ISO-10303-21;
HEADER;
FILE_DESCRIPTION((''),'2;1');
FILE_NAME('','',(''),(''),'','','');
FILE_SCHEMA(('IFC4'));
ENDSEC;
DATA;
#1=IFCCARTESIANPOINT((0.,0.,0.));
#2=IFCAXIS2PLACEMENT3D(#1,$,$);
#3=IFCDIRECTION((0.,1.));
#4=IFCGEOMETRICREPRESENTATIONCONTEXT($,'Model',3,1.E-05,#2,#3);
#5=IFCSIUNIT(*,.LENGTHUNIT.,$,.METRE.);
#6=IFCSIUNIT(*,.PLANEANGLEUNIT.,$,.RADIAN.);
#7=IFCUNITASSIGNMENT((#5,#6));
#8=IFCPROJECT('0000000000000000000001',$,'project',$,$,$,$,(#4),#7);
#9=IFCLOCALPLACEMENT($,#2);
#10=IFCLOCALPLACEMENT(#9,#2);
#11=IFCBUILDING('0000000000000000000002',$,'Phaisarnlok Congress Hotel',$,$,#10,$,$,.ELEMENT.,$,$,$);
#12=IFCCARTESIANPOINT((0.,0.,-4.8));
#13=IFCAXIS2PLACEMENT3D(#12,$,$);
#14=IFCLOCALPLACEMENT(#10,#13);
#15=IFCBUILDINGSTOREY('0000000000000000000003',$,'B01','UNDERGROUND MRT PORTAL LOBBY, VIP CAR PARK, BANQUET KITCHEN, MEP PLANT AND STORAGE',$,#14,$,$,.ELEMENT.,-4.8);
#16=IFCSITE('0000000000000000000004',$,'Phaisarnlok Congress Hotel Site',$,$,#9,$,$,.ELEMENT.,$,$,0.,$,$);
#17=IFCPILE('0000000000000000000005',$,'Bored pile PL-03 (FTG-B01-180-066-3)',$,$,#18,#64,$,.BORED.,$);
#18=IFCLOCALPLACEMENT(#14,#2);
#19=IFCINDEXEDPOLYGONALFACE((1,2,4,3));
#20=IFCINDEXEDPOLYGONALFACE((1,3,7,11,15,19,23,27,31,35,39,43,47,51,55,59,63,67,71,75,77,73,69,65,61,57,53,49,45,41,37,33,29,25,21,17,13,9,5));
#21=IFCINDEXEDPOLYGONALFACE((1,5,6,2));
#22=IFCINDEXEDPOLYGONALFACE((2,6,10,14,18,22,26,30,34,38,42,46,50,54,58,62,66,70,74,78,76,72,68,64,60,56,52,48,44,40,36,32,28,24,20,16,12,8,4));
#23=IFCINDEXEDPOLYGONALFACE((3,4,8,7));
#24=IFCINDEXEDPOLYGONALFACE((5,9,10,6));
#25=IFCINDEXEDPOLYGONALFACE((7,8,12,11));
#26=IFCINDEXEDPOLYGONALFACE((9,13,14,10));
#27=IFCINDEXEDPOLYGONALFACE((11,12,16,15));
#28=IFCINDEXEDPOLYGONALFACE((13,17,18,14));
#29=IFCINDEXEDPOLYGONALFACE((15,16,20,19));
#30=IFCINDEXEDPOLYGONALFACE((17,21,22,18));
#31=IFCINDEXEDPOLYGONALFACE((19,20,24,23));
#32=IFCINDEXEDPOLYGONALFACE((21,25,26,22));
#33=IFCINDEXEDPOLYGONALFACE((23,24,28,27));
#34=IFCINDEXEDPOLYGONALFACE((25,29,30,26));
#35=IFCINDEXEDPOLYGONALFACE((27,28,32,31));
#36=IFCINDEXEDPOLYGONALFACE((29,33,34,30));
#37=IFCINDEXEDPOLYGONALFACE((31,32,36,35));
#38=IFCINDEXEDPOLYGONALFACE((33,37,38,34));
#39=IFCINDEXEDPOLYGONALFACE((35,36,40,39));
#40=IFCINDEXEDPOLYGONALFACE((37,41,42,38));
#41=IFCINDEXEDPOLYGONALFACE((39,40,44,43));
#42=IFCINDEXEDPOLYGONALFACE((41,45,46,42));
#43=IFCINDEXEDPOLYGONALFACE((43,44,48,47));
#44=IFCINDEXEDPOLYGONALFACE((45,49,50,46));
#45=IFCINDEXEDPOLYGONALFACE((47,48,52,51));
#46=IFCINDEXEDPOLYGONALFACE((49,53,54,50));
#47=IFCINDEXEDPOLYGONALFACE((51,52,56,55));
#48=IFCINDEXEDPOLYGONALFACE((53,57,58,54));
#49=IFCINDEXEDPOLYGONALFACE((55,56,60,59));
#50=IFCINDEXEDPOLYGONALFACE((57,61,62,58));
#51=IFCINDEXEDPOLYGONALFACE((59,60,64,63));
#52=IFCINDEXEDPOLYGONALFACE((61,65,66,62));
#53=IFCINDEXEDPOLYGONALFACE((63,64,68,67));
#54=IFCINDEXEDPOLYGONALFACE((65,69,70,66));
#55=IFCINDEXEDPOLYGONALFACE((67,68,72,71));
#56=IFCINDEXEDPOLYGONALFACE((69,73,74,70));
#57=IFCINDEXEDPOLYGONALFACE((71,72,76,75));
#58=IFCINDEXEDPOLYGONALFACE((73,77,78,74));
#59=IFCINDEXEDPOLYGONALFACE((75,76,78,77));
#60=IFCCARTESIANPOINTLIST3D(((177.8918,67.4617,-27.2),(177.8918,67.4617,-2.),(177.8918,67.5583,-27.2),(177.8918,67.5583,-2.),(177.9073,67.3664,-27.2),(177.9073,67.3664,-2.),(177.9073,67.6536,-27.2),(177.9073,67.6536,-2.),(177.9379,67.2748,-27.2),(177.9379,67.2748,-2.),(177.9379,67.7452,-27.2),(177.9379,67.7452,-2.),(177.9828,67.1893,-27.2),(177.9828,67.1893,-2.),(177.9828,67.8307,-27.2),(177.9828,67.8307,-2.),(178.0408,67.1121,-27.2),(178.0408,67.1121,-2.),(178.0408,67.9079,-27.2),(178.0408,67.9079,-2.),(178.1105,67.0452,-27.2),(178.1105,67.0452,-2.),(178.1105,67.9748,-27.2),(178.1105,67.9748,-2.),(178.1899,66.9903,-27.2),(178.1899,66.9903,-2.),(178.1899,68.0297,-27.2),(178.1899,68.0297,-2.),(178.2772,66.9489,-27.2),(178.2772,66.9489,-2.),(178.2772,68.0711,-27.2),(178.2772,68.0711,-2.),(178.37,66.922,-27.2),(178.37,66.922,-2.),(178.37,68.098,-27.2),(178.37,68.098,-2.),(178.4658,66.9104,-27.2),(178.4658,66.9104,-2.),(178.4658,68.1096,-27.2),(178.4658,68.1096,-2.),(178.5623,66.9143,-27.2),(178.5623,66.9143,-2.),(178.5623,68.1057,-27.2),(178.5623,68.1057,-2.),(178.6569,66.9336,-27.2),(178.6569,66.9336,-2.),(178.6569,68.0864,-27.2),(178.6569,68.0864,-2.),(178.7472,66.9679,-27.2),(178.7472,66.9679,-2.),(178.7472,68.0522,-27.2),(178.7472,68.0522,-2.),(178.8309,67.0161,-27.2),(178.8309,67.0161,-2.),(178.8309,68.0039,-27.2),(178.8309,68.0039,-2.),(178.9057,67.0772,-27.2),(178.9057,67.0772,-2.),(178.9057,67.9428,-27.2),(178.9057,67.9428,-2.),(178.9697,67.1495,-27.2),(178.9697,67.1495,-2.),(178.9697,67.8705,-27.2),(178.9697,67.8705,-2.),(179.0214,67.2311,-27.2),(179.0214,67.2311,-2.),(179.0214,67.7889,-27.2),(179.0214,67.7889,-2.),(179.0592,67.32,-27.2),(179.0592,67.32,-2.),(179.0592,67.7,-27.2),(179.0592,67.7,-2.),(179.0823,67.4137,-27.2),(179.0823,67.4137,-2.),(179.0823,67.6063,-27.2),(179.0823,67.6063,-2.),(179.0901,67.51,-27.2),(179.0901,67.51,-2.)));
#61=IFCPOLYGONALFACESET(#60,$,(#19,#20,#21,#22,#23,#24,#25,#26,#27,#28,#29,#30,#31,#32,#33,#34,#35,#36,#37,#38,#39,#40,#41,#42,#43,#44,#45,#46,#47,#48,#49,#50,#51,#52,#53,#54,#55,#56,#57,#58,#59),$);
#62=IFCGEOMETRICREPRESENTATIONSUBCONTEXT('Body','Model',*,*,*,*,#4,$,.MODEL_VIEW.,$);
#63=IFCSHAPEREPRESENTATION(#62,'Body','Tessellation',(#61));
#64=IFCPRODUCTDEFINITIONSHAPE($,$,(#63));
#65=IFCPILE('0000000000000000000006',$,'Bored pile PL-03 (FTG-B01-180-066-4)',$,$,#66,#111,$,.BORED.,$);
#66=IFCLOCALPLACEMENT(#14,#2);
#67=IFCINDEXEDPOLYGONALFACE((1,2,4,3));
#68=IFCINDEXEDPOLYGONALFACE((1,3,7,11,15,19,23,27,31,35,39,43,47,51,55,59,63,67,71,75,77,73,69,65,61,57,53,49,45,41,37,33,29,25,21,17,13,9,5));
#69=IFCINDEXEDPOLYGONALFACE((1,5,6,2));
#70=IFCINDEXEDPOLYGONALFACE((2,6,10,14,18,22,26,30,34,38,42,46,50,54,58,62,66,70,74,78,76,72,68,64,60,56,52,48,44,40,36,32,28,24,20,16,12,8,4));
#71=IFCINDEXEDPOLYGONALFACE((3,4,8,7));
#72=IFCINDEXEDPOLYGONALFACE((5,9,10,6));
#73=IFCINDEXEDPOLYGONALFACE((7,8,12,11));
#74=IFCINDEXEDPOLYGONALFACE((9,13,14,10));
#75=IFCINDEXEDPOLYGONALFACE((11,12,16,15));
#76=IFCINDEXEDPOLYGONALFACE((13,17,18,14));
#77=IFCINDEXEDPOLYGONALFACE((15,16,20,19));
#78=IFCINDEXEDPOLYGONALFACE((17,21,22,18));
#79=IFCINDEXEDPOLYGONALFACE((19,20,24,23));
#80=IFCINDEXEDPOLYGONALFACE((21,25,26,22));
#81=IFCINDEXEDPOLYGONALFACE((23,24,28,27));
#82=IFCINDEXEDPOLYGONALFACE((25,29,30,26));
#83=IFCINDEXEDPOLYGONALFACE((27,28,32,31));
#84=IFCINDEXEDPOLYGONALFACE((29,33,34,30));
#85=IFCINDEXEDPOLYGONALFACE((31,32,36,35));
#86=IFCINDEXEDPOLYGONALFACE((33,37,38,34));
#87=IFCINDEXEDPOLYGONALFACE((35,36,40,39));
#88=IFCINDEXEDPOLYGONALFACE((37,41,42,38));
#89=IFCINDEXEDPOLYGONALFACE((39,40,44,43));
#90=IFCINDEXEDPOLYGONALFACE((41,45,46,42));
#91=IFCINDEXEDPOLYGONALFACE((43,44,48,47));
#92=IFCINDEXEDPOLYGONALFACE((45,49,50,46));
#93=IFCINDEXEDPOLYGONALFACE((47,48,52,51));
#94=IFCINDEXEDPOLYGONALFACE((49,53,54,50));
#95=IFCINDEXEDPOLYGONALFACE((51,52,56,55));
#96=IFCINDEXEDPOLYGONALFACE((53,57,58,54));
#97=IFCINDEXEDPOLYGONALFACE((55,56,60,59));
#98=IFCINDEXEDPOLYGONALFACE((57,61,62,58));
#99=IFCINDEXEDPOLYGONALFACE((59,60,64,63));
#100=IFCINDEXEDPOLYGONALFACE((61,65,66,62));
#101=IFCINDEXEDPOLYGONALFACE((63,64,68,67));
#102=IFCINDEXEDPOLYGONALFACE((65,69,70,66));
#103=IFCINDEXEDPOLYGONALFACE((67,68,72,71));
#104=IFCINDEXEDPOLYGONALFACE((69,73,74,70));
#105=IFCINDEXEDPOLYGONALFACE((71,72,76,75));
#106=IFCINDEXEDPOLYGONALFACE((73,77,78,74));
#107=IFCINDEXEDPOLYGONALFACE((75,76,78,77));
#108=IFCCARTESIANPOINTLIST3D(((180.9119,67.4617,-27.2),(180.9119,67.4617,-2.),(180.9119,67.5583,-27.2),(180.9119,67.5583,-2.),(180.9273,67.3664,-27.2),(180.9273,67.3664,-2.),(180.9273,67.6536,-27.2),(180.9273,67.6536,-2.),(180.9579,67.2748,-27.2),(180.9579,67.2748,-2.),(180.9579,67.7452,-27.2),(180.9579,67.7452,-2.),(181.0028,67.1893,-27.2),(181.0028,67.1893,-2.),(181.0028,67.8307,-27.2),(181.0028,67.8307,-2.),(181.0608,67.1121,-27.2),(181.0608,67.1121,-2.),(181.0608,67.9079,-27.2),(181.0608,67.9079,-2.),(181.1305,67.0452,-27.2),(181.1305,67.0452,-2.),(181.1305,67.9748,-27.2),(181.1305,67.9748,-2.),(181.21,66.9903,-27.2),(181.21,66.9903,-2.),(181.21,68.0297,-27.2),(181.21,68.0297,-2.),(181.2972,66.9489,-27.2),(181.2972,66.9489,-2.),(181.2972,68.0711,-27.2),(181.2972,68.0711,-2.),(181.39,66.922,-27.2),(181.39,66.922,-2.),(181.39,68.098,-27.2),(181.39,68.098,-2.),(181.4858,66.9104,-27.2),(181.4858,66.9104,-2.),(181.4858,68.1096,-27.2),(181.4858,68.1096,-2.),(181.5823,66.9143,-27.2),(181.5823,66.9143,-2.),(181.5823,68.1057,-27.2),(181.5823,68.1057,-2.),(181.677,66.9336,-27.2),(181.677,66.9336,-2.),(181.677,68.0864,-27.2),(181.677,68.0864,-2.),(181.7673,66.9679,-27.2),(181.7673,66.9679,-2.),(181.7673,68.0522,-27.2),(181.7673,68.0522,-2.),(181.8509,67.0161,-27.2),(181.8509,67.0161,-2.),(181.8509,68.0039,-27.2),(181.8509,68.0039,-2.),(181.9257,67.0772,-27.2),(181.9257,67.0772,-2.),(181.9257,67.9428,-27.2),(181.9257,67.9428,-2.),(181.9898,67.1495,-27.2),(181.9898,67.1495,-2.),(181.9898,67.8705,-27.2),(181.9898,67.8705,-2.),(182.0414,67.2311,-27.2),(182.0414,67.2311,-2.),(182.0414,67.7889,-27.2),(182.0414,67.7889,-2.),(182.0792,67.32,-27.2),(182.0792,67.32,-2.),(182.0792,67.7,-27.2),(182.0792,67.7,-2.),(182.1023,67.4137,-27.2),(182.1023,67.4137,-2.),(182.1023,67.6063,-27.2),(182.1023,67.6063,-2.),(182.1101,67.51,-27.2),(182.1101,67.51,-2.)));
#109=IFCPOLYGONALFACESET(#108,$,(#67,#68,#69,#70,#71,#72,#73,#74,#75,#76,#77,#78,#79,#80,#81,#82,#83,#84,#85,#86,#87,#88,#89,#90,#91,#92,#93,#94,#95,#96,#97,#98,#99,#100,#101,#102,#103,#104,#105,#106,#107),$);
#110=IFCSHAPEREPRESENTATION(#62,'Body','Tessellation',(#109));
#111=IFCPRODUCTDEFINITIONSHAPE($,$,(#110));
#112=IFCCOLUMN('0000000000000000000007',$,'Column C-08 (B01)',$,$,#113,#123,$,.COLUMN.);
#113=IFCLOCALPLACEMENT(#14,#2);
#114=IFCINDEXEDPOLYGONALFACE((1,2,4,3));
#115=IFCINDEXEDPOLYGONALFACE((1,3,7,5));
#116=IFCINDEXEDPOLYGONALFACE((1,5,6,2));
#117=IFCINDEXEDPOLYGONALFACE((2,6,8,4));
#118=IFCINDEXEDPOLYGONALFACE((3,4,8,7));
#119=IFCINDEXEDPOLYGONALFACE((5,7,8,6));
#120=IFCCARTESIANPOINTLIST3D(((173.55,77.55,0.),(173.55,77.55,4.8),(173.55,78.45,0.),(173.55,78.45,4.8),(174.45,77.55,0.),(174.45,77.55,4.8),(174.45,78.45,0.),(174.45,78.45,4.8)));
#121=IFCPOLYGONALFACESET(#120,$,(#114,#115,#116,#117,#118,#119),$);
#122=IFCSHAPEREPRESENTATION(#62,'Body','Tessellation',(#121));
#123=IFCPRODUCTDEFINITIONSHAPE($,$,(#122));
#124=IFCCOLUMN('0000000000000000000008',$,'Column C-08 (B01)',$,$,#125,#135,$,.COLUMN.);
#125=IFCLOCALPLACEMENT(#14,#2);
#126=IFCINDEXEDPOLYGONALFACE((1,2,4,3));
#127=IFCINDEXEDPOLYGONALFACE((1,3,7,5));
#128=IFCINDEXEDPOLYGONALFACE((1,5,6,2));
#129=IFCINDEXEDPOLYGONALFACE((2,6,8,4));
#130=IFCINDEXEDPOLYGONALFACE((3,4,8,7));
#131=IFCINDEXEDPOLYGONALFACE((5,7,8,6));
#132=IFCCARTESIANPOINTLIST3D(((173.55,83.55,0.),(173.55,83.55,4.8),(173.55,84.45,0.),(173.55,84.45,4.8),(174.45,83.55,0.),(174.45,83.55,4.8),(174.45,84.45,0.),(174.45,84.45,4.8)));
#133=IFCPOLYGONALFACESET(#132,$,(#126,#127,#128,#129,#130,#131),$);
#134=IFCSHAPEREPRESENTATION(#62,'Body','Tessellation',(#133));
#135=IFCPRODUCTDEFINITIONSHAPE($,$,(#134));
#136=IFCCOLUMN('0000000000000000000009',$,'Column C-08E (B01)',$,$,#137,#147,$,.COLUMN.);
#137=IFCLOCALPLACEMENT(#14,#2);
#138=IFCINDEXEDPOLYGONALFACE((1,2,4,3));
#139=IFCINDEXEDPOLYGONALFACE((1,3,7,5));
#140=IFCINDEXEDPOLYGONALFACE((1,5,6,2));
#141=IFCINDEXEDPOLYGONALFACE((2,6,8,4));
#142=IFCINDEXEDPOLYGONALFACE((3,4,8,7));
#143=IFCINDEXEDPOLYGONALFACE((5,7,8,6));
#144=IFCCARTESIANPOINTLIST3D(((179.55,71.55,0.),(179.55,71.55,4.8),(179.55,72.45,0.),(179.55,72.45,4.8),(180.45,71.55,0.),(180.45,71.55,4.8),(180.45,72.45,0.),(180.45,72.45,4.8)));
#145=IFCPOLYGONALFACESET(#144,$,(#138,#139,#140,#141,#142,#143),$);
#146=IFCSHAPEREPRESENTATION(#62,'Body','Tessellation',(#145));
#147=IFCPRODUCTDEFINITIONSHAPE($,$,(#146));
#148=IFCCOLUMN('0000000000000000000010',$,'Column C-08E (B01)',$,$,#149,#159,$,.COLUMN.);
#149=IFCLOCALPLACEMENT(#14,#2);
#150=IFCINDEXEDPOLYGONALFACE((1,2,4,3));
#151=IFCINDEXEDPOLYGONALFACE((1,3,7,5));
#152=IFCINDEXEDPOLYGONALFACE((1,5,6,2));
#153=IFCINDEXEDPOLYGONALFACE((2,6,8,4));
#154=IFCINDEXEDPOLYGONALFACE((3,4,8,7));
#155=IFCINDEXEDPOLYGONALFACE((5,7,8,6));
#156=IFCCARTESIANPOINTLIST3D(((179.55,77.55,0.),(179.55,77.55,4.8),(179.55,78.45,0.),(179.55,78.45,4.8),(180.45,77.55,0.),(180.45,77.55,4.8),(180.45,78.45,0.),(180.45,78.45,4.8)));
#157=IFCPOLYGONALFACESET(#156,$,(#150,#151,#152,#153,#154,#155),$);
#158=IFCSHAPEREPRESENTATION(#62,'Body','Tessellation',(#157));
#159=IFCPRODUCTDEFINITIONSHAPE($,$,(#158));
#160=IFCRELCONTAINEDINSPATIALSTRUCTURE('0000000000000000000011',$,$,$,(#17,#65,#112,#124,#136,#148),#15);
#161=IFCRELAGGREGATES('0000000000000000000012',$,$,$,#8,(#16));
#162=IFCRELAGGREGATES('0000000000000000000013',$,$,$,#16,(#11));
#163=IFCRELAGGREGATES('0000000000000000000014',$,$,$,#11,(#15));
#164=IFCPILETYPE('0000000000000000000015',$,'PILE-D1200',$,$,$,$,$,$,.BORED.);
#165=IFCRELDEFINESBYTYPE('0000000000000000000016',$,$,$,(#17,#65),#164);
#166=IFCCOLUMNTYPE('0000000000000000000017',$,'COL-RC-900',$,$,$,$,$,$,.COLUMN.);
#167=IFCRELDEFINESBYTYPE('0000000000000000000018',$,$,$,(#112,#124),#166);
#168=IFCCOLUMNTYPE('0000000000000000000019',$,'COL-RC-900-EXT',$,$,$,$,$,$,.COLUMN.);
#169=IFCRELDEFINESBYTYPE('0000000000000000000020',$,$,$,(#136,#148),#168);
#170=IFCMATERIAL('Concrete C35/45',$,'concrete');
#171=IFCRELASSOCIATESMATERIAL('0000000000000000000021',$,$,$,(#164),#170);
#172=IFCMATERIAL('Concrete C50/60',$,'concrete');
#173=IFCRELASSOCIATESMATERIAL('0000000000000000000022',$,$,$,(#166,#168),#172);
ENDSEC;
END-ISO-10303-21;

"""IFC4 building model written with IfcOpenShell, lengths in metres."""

from ifc_helpers import new_model, si_unit, direction, frame, origin, origin_2d, place, context, subcontext, project, spatial, rectangle, circle, extrude, material, material_profile, profile_set, type_object, element, save


model = new_model("IFC4")

# Units and contexts
model_context = context("Model", 3, precision=1e-05, world=origin(), true_north=direction((0.0, 1.0)))
body_context = subcontext(model_context, "Body", "Model", "MODEL_VIEW")
ifc_project = project(units=[si_unit("LENGTHUNIT", "METRE"), si_unit("PLANEANGLEUNIT", "RADIAN")], contexts=[model_context])

# Site, building, storey
site_placement = place(None, origin())
site = spatial("IfcSite", under=ifc_project, at=site_placement, Name="Phaisarnlok Congress Hotel Site", CompositionType="ELEMENT", RefElevation=0.0)
building_placement = place(site_placement, origin())
building = spatial("IfcBuilding", under=site, at=building_placement, Name="Phaisarnlok Congress Hotel", CompositionType="ELEMENT")
storey_placement = place(building_placement, frame((0.0, 0.0, -4.8)))
storey = spatial("IfcBuildingStorey", under=building, at=storey_placement, Name="B01", Description="UNDERGROUND MRT PORTAL LOBBY, VIP CAR PARK, BANQUET KITCHEN, MEP PLANT AND STORAGE", CompositionType="ELEMENT", Elevation=-4.8)

# Piles
ifc_material_1 = material(Name="Concrete C35/45", Category="concrete")
ifc_material_profile_1 = material_profile(ifc_material_1, circle(Radius=0.6001, at=origin_2d()), Name="BORED PILE D1200")
ifc_profile_set_1 = profile_set([ifc_material_profile_1], Name="Concrete C35/45")
pile_type_1 = type_object("IfcPileType", Name="PILE-D1200", PredefinedType="BORED", material=ifc_profile_set_1)
for number, where, z_axis, x_axis, name in (
    (1, (178.49, 67.51, -2.0), (0.0, 0.0, -1.0), (1.0, 0.0, 0.0), "Bored pile PL-03 (FTG-B01-180-066-3)"),
    (2, (181.51, 67.51, -2.0), (0.0, 0.0, -1.0), (1.0, 0.0, 0.0), "Bored pile PL-03 (FTG-B01-180-066-4)"),
):
    element("IfcPile", number, at=place(storey_placement, frame(where, z_axis=z_axis, x_axis=x_axis)), inside=storey, type_object=pile_type_1, Name=name, PredefinedType="BORED", context=body_context, shape_type="SweptSolid", body=[
        extrude(circle(Radius=0.6001, at=origin_2d()), origin(), (0.0, 0.0, 1.0), 25.2),
    ])

# Columns
ifc_material_2 = material(Name="Concrete C50/60", Category="concrete")
ifc_material_profile_2 = material_profile(ifc_material_2, rectangle(XDim=0.8999, YDim=0.8999, at=origin_2d()), Name="RC 900x900")
ifc_profile_set_2 = profile_set([ifc_material_profile_2], Name="Concrete C50/60")
column_type_1 = type_object("IfcColumnType", Name="COL-RC-900", PredefinedType="COLUMN", material=ifc_profile_set_2)
for number, where, z_axis, x_axis, name in (
    (3, (174.0, 78.0, 0.0), (0.0, 0.0, 1.0), (1.0, 0.0, 0.0), "Column C-08 (B01)"),
    (4, (174.0, 84.0, 0.0), (0.0, 0.0, 1.0), (1.0, 0.0, 0.0), "Column C-08 (B01)"),
):
    element("IfcColumn", number, at=place(storey_placement, frame(where, z_axis=z_axis, x_axis=x_axis)), inside=storey, type_object=column_type_1, Name=name, PredefinedType="COLUMN", context=body_context, shape_type="SweptSolid", body=[
        extrude(rectangle(XDim=0.8999, YDim=0.8999, at=origin_2d()), origin(), (0.0, 0.0, 1.0), 4.8),
    ])
ifc_material_profile_3 = material_profile(ifc_material_2, rectangle(XDim=0.8999, YDim=0.8999, at=origin_2d()), Name="RC 900x900")
ifc_profile_set_3 = profile_set([ifc_material_profile_3], Name="Concrete C50/60")
column_type_2 = type_object("IfcColumnType", Name="COL-RC-900-EXT", PredefinedType="COLUMN", material=ifc_profile_set_3)
for number, where, z_axis, x_axis, name in (
    (5, (180.0, 72.0, 0.0), (0.0, 0.0, 1.0), (1.0, 0.0, 0.0), "Column C-08E (B01)"),
    (6, (180.0, 78.0, 0.0), (0.0, 0.0, 1.0), (1.0, 0.0, 0.0), "Column C-08E (B01)"),
):
    element("IfcColumn", number, at=place(storey_placement, frame(where, z_axis=z_axis, x_axis=x_axis)), inside=storey, type_object=column_type_2, Name=name, PredefinedType="COLUMN", context=body_context, shape_type="SweptSolid", body=[
        extrude(rectangle(XDim=0.8999, YDim=0.8999, at=origin_2d()), origin(), (0.0, 0.0, 1.0), 4.8),
    ])

save(model, "model.ifc")
